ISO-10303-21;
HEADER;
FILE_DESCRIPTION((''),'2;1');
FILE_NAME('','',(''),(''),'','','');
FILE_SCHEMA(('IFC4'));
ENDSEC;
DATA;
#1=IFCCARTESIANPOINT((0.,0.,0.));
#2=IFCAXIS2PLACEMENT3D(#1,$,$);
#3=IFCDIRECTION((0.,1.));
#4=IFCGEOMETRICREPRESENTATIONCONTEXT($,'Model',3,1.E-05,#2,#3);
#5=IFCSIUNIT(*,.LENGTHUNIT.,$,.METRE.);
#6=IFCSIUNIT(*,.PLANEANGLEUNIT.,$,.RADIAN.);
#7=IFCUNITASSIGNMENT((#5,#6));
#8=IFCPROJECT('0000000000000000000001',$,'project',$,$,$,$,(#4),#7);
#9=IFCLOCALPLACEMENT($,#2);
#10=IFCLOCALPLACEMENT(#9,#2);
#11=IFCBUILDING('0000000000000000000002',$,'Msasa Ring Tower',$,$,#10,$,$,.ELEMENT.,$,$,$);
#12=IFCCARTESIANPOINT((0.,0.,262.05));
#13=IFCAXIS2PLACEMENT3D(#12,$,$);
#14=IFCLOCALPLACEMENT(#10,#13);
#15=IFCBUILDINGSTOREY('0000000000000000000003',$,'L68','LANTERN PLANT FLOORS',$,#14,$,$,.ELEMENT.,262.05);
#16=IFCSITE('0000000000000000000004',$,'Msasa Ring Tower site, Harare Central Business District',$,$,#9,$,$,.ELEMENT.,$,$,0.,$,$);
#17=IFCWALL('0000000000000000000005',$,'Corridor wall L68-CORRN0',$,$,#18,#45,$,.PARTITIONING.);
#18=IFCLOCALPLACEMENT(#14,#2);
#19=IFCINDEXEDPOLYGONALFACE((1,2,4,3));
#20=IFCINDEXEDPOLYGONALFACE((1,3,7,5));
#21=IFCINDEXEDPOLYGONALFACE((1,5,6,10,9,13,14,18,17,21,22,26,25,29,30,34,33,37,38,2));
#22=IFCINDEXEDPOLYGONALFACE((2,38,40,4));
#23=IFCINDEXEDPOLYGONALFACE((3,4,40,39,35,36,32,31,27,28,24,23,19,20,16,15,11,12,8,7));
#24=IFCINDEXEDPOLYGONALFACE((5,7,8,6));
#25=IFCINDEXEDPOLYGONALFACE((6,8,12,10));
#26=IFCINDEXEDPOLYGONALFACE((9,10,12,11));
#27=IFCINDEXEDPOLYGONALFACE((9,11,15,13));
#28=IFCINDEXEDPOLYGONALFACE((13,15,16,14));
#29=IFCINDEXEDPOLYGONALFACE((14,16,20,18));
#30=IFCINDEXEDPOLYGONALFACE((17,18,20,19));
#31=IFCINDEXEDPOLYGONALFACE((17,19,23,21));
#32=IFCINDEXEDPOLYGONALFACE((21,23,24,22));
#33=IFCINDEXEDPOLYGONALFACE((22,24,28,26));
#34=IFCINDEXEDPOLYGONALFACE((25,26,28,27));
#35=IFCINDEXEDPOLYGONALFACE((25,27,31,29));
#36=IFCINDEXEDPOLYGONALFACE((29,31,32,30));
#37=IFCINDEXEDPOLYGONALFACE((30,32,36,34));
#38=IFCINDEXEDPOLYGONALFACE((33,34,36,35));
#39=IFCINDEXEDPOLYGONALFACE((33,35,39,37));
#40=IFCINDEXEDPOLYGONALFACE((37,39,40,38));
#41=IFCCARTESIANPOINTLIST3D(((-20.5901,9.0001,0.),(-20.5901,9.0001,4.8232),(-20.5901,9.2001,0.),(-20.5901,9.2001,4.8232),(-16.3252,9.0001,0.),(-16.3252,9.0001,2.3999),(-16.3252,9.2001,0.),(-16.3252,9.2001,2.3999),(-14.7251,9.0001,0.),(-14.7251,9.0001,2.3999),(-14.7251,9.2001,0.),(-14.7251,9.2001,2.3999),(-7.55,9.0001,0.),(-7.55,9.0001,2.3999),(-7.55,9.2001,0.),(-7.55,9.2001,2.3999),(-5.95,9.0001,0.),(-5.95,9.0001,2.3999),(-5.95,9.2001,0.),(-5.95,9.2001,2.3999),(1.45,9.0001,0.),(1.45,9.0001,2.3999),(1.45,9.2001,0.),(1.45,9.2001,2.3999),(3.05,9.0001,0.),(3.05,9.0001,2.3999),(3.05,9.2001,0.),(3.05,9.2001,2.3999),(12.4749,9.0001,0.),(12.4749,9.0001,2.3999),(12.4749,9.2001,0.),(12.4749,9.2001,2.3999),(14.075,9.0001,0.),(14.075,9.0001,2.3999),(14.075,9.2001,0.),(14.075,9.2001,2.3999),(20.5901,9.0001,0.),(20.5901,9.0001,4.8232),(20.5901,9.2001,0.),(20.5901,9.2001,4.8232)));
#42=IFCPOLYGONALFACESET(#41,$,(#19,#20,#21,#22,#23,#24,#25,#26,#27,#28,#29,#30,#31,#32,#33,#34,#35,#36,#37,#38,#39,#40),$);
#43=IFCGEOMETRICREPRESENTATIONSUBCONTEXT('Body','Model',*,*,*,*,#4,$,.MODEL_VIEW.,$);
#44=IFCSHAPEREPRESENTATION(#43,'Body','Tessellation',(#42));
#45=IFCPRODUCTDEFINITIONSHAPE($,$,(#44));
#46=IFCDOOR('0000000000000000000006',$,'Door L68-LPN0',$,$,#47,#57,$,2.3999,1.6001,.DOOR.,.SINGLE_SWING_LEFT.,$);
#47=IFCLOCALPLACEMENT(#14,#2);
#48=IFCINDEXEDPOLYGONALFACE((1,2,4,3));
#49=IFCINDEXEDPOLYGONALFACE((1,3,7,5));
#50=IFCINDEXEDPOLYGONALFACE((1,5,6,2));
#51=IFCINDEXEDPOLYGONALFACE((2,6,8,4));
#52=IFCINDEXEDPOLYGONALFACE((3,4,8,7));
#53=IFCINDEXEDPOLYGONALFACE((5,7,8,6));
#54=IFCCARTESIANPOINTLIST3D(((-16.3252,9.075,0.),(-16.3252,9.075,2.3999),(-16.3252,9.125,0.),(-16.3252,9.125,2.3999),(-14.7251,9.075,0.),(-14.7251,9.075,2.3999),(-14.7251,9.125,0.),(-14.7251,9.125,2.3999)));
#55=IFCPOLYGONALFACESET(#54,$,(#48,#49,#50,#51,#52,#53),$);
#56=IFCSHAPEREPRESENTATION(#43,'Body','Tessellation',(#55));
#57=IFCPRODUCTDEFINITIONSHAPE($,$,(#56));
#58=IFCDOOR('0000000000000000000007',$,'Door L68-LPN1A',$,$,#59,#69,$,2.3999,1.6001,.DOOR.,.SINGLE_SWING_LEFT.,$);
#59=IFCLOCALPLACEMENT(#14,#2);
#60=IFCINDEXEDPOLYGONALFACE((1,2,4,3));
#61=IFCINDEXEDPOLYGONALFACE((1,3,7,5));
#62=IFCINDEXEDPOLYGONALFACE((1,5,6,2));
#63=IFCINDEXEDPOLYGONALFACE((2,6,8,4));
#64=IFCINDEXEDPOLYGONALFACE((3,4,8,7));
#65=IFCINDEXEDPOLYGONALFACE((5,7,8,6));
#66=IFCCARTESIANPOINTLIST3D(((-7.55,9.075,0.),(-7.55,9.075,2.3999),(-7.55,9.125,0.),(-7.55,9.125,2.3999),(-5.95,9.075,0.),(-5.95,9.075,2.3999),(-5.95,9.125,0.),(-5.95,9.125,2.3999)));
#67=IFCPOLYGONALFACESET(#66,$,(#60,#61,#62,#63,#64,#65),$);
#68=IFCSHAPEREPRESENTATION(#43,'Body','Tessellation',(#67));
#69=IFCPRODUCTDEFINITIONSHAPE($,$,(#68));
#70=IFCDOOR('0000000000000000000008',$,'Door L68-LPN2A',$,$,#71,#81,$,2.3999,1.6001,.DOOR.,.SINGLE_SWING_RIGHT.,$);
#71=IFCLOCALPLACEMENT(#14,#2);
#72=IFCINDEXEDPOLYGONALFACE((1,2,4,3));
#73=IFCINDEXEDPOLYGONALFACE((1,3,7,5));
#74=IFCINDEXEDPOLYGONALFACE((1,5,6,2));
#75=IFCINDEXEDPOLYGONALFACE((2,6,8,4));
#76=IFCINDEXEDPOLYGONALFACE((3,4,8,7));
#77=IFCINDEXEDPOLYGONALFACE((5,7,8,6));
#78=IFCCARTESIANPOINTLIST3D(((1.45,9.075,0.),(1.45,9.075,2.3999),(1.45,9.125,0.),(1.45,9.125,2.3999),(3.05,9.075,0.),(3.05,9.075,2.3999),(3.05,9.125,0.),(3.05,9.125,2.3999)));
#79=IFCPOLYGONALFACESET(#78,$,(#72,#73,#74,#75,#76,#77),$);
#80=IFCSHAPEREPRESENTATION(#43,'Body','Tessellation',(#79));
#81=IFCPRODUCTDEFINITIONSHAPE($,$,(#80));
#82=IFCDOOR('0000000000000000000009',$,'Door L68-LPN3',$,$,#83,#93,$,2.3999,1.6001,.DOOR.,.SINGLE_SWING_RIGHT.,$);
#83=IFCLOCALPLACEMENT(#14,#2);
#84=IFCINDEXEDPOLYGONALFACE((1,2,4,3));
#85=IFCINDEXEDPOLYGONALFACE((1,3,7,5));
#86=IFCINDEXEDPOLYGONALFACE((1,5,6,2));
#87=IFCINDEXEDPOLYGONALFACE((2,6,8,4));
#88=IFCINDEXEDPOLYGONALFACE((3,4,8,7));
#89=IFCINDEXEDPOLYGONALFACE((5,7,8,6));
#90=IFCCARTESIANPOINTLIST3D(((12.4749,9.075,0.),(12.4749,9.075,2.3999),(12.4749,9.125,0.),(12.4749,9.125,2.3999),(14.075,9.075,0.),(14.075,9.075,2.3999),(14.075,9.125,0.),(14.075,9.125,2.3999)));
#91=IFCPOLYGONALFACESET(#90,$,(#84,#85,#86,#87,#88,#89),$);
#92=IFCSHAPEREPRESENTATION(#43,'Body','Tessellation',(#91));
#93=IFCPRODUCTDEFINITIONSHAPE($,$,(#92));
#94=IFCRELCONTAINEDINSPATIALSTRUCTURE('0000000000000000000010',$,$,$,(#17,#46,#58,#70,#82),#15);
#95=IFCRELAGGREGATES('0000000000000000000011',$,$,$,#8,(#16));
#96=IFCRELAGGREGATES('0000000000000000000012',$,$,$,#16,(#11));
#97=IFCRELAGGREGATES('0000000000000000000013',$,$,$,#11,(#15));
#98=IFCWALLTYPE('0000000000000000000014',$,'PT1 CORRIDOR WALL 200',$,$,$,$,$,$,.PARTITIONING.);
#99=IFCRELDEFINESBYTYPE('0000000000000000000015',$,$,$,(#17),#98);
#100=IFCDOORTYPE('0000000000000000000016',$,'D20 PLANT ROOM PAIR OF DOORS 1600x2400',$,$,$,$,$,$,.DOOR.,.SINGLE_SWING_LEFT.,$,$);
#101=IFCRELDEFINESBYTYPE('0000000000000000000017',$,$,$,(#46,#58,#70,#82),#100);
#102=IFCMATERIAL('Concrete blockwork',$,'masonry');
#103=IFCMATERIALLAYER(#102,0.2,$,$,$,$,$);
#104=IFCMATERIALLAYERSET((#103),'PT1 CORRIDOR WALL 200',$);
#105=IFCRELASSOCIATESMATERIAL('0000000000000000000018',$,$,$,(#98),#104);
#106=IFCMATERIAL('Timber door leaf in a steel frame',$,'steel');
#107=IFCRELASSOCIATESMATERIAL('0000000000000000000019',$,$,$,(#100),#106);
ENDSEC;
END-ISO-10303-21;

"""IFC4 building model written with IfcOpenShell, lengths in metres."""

from ifc_helpers import new_model, si_unit, direction, frame, frame_2d, origin, place, context, subcontext, project, spatial, rectangle, extrude, material, layer, layer_set, type_object, element, fill, save


model = new_model("IFC4")

# Units and contexts
model_context = context("Model", 3, precision=1e-05, world=origin(), true_north=direction((0.0, 1.0)))
body_context = subcontext(model_context, "Body", "Model", "MODEL_VIEW")
ifc_project = project(units=[si_unit("LENGTHUNIT", "METRE"), si_unit("PLANEANGLEUNIT", "RADIAN")], contexts=[model_context])

# Site, building, storey
site_placement = place(None, origin())
site = spatial("IfcSite", under=ifc_project, at=site_placement, Name="Msasa Ring Tower site, Harare Central Business District", CompositionType="ELEMENT", RefElevation=0.0)
building_placement = place(site_placement, origin())
building = spatial("IfcBuilding", under=site, at=building_placement, Name="Msasa Ring Tower", CompositionType="ELEMENT")
storey_placement = place(building_placement, frame((0.0, 0.0, 262.05)))
storey = spatial("IfcBuildingStorey", under=building, at=storey_placement, Name="L68", Description="LANTERN PLANT FLOORS", CompositionType="ELEMENT", Elevation=262.05)

# Wall, openings, doors
ifc_material_1 = material(Name="Concrete blockwork", Category="masonry")
ifc_layer_1 = layer(ifc_material_1, 0.2)
ifc_layer_set_1 = layer_set([ifc_layer_1], Name="PT1 CORRIDOR WALL 200")
wall_type = type_object("IfcWallType", Name="PT1 CORRIDOR WALL 200", PredefinedType="PARTITIONING", material=ifc_layer_set_1)
wall_placement = place(storey_placement, frame((-20.5901, 9.1001, 0.0), z_axis=(0.0, 0.0, 1.0), x_axis=(1.0, 0.0, 0.0)))
wall = element("IfcWall", 1, at=wall_placement, inside=storey, type_object=wall_type, Name="Corridor wall L68-CORRN0", PredefinedType="PARTITIONING", context=body_context, shape_type="SweptSolid", body=[
    extrude(rectangle(XDim=41.1802, YDim=0.2, at=frame_2d((20.5901, 0.0))), origin(), (0.0, 0.0, 1.0), 4.8232),
])
opening_1_placement = place(wall_placement, frame((4.2649, 0.0, 0.0)))
opening_1 = element("IfcOpeningElement", 2, at=opening_1_placement, cuts=wall, PredefinedType="OPENING", context=body_context, shape_type="SweptSolid", body=[
    extrude(rectangle(XDim=1.6001, YDim=2.3999, at=frame_2d((0.8, 1.2))), frame((0.0, 0.1099, 0.0), z_axis=(0.0, -1.0, 0.0), x_axis=(1.0, 0.0, 0.0)), (0.0, 0.0, 1.0), 0.22),
])
opening_2_placement = place(wall_placement, frame((13.04, 0.0, 0.0)))
opening_2 = element("IfcOpeningElement", 3, at=opening_2_placement, cuts=wall, PredefinedType="OPENING", context=body_context, shape_type="SweptSolid", body=[
    extrude(rectangle(XDim=1.6001, YDim=2.3999, at=frame_2d((0.8, 1.2))), frame((0.0, 0.1099, 0.0), z_axis=(0.0, -1.0, 0.0), x_axis=(1.0, 0.0, 0.0)), (0.0, 0.0, 1.0), 0.22),
])
opening_3_placement = place(wall_placement, frame((22.04, 0.0, 0.0)))
opening_3 = element("IfcOpeningElement", 4, at=opening_3_placement, cuts=wall, PredefinedType="OPENING", context=body_context, shape_type="SweptSolid", body=[
    extrude(rectangle(XDim=1.6001, YDim=2.3999, at=frame_2d((0.8, 1.2))), frame((0.0, 0.1099, 0.0), z_axis=(0.0, -1.0, 0.0), x_axis=(1.0, 0.0, 0.0)), (0.0, 0.0, 1.0), 0.22),
])
opening_4_placement = place(wall_placement, frame((33.0649, 0.0, 0.0)))
opening_4 = element("IfcOpeningElement", 5, at=opening_4_placement, cuts=wall, PredefinedType="OPENING", context=body_context, shape_type="SweptSolid", body=[
    extrude(rectangle(XDim=1.6001, YDim=2.3999, at=frame_2d((0.8, 1.2))), frame((0.0, 0.1099, 0.0), z_axis=(0.0, -1.0, 0.0), x_axis=(1.0, 0.0, 0.0)), (0.0, 0.0, 1.0), 0.22),
])
ifc_material_2 = material(Name="Timber door leaf in a steel frame", Category="steel")
door_type = type_object("IfcDoorType", Name="D20 PLANT ROOM PAIR OF DOORS 1600x2400", OperationType="SINGLE_SWING_LEFT", PredefinedType="DOOR", material=ifc_material_2)
door_1_placement = place(opening_1_placement, origin())
door_1 = element("IfcDoor", 6, at=door_1_placement, inside=storey, type_object=door_type, Name="Door L68-LPN0", OperationType="SINGLE_SWING_LEFT", OverallHeight=2.3999, OverallWidth=1.6001, PredefinedType="DOOR", context=body_context, shape_type="SweptSolid", body=[
    extrude(rectangle(XDim=1.6001, YDim=2.3999, at=frame_2d((0.8, 1.2))), frame((0.0, 0.0249, 0.0), z_axis=(0.0, -1.0, 0.0), x_axis=(1.0, 0.0, 0.0)), (0.0, 0.0, 1.0), 0.05),
])
fill(opening_1, door_1)
door_2_placement = place(opening_2_placement, origin())
door_2 = element("IfcDoor", 7, at=door_2_placement, inside=storey, type_object=door_type, Name="Door L68-LPN1A", OperationType="SINGLE_SWING_LEFT", OverallHeight=2.3999, OverallWidth=1.6001, PredefinedType="DOOR", context=body_context, shape_type="SweptSolid", body=[
    extrude(rectangle(XDim=1.6001, YDim=2.3999, at=frame_2d((0.8, 1.2))), frame((0.0, 0.0249, 0.0), z_axis=(0.0, -1.0, 0.0), x_axis=(1.0, 0.0, 0.0)), (0.0, 0.0, 1.0), 0.05),
])
fill(opening_2, door_2)
door_3_placement = place(opening_3_placement, origin())
door_3 = element("IfcDoor", 8, at=door_3_placement, inside=storey, type_object=door_type, Name="Door L68-LPN2A", OperationType="SINGLE_SWING_RIGHT", OverallHeight=2.3999, OverallWidth=1.6001, PredefinedType="DOOR", context=body_context, shape_type="SweptSolid", body=[
    extrude(rectangle(XDim=1.6001, YDim=2.3999, at=frame_2d((0.8, 1.2))), frame((0.0, 0.0249, 0.0), z_axis=(0.0, -1.0, 0.0), x_axis=(1.0, 0.0, 0.0)), (0.0, 0.0, 1.0), 0.05),
])
fill(opening_3, door_3)
door_4_placement = place(opening_4_placement, origin())
door_4 = element("IfcDoor", 9, at=door_4_placement, inside=storey, type_object=door_type, Name="Door L68-LPN3", OperationType="SINGLE_SWING_RIGHT", OverallHeight=2.3999, OverallWidth=1.6001, PredefinedType="DOOR", context=body_context, shape_type="SweptSolid", body=[
    extrude(rectangle(XDim=1.6001, YDim=2.3999, at=frame_2d((0.8, 1.2))), frame((0.0, 0.0249, 0.0), z_axis=(0.0, -1.0, 0.0), x_axis=(1.0, 0.0, 0.0)), (0.0, 0.0, 1.0), 0.05),
])
fill(opening_4, door_4)

save(model, "model.ifc")
